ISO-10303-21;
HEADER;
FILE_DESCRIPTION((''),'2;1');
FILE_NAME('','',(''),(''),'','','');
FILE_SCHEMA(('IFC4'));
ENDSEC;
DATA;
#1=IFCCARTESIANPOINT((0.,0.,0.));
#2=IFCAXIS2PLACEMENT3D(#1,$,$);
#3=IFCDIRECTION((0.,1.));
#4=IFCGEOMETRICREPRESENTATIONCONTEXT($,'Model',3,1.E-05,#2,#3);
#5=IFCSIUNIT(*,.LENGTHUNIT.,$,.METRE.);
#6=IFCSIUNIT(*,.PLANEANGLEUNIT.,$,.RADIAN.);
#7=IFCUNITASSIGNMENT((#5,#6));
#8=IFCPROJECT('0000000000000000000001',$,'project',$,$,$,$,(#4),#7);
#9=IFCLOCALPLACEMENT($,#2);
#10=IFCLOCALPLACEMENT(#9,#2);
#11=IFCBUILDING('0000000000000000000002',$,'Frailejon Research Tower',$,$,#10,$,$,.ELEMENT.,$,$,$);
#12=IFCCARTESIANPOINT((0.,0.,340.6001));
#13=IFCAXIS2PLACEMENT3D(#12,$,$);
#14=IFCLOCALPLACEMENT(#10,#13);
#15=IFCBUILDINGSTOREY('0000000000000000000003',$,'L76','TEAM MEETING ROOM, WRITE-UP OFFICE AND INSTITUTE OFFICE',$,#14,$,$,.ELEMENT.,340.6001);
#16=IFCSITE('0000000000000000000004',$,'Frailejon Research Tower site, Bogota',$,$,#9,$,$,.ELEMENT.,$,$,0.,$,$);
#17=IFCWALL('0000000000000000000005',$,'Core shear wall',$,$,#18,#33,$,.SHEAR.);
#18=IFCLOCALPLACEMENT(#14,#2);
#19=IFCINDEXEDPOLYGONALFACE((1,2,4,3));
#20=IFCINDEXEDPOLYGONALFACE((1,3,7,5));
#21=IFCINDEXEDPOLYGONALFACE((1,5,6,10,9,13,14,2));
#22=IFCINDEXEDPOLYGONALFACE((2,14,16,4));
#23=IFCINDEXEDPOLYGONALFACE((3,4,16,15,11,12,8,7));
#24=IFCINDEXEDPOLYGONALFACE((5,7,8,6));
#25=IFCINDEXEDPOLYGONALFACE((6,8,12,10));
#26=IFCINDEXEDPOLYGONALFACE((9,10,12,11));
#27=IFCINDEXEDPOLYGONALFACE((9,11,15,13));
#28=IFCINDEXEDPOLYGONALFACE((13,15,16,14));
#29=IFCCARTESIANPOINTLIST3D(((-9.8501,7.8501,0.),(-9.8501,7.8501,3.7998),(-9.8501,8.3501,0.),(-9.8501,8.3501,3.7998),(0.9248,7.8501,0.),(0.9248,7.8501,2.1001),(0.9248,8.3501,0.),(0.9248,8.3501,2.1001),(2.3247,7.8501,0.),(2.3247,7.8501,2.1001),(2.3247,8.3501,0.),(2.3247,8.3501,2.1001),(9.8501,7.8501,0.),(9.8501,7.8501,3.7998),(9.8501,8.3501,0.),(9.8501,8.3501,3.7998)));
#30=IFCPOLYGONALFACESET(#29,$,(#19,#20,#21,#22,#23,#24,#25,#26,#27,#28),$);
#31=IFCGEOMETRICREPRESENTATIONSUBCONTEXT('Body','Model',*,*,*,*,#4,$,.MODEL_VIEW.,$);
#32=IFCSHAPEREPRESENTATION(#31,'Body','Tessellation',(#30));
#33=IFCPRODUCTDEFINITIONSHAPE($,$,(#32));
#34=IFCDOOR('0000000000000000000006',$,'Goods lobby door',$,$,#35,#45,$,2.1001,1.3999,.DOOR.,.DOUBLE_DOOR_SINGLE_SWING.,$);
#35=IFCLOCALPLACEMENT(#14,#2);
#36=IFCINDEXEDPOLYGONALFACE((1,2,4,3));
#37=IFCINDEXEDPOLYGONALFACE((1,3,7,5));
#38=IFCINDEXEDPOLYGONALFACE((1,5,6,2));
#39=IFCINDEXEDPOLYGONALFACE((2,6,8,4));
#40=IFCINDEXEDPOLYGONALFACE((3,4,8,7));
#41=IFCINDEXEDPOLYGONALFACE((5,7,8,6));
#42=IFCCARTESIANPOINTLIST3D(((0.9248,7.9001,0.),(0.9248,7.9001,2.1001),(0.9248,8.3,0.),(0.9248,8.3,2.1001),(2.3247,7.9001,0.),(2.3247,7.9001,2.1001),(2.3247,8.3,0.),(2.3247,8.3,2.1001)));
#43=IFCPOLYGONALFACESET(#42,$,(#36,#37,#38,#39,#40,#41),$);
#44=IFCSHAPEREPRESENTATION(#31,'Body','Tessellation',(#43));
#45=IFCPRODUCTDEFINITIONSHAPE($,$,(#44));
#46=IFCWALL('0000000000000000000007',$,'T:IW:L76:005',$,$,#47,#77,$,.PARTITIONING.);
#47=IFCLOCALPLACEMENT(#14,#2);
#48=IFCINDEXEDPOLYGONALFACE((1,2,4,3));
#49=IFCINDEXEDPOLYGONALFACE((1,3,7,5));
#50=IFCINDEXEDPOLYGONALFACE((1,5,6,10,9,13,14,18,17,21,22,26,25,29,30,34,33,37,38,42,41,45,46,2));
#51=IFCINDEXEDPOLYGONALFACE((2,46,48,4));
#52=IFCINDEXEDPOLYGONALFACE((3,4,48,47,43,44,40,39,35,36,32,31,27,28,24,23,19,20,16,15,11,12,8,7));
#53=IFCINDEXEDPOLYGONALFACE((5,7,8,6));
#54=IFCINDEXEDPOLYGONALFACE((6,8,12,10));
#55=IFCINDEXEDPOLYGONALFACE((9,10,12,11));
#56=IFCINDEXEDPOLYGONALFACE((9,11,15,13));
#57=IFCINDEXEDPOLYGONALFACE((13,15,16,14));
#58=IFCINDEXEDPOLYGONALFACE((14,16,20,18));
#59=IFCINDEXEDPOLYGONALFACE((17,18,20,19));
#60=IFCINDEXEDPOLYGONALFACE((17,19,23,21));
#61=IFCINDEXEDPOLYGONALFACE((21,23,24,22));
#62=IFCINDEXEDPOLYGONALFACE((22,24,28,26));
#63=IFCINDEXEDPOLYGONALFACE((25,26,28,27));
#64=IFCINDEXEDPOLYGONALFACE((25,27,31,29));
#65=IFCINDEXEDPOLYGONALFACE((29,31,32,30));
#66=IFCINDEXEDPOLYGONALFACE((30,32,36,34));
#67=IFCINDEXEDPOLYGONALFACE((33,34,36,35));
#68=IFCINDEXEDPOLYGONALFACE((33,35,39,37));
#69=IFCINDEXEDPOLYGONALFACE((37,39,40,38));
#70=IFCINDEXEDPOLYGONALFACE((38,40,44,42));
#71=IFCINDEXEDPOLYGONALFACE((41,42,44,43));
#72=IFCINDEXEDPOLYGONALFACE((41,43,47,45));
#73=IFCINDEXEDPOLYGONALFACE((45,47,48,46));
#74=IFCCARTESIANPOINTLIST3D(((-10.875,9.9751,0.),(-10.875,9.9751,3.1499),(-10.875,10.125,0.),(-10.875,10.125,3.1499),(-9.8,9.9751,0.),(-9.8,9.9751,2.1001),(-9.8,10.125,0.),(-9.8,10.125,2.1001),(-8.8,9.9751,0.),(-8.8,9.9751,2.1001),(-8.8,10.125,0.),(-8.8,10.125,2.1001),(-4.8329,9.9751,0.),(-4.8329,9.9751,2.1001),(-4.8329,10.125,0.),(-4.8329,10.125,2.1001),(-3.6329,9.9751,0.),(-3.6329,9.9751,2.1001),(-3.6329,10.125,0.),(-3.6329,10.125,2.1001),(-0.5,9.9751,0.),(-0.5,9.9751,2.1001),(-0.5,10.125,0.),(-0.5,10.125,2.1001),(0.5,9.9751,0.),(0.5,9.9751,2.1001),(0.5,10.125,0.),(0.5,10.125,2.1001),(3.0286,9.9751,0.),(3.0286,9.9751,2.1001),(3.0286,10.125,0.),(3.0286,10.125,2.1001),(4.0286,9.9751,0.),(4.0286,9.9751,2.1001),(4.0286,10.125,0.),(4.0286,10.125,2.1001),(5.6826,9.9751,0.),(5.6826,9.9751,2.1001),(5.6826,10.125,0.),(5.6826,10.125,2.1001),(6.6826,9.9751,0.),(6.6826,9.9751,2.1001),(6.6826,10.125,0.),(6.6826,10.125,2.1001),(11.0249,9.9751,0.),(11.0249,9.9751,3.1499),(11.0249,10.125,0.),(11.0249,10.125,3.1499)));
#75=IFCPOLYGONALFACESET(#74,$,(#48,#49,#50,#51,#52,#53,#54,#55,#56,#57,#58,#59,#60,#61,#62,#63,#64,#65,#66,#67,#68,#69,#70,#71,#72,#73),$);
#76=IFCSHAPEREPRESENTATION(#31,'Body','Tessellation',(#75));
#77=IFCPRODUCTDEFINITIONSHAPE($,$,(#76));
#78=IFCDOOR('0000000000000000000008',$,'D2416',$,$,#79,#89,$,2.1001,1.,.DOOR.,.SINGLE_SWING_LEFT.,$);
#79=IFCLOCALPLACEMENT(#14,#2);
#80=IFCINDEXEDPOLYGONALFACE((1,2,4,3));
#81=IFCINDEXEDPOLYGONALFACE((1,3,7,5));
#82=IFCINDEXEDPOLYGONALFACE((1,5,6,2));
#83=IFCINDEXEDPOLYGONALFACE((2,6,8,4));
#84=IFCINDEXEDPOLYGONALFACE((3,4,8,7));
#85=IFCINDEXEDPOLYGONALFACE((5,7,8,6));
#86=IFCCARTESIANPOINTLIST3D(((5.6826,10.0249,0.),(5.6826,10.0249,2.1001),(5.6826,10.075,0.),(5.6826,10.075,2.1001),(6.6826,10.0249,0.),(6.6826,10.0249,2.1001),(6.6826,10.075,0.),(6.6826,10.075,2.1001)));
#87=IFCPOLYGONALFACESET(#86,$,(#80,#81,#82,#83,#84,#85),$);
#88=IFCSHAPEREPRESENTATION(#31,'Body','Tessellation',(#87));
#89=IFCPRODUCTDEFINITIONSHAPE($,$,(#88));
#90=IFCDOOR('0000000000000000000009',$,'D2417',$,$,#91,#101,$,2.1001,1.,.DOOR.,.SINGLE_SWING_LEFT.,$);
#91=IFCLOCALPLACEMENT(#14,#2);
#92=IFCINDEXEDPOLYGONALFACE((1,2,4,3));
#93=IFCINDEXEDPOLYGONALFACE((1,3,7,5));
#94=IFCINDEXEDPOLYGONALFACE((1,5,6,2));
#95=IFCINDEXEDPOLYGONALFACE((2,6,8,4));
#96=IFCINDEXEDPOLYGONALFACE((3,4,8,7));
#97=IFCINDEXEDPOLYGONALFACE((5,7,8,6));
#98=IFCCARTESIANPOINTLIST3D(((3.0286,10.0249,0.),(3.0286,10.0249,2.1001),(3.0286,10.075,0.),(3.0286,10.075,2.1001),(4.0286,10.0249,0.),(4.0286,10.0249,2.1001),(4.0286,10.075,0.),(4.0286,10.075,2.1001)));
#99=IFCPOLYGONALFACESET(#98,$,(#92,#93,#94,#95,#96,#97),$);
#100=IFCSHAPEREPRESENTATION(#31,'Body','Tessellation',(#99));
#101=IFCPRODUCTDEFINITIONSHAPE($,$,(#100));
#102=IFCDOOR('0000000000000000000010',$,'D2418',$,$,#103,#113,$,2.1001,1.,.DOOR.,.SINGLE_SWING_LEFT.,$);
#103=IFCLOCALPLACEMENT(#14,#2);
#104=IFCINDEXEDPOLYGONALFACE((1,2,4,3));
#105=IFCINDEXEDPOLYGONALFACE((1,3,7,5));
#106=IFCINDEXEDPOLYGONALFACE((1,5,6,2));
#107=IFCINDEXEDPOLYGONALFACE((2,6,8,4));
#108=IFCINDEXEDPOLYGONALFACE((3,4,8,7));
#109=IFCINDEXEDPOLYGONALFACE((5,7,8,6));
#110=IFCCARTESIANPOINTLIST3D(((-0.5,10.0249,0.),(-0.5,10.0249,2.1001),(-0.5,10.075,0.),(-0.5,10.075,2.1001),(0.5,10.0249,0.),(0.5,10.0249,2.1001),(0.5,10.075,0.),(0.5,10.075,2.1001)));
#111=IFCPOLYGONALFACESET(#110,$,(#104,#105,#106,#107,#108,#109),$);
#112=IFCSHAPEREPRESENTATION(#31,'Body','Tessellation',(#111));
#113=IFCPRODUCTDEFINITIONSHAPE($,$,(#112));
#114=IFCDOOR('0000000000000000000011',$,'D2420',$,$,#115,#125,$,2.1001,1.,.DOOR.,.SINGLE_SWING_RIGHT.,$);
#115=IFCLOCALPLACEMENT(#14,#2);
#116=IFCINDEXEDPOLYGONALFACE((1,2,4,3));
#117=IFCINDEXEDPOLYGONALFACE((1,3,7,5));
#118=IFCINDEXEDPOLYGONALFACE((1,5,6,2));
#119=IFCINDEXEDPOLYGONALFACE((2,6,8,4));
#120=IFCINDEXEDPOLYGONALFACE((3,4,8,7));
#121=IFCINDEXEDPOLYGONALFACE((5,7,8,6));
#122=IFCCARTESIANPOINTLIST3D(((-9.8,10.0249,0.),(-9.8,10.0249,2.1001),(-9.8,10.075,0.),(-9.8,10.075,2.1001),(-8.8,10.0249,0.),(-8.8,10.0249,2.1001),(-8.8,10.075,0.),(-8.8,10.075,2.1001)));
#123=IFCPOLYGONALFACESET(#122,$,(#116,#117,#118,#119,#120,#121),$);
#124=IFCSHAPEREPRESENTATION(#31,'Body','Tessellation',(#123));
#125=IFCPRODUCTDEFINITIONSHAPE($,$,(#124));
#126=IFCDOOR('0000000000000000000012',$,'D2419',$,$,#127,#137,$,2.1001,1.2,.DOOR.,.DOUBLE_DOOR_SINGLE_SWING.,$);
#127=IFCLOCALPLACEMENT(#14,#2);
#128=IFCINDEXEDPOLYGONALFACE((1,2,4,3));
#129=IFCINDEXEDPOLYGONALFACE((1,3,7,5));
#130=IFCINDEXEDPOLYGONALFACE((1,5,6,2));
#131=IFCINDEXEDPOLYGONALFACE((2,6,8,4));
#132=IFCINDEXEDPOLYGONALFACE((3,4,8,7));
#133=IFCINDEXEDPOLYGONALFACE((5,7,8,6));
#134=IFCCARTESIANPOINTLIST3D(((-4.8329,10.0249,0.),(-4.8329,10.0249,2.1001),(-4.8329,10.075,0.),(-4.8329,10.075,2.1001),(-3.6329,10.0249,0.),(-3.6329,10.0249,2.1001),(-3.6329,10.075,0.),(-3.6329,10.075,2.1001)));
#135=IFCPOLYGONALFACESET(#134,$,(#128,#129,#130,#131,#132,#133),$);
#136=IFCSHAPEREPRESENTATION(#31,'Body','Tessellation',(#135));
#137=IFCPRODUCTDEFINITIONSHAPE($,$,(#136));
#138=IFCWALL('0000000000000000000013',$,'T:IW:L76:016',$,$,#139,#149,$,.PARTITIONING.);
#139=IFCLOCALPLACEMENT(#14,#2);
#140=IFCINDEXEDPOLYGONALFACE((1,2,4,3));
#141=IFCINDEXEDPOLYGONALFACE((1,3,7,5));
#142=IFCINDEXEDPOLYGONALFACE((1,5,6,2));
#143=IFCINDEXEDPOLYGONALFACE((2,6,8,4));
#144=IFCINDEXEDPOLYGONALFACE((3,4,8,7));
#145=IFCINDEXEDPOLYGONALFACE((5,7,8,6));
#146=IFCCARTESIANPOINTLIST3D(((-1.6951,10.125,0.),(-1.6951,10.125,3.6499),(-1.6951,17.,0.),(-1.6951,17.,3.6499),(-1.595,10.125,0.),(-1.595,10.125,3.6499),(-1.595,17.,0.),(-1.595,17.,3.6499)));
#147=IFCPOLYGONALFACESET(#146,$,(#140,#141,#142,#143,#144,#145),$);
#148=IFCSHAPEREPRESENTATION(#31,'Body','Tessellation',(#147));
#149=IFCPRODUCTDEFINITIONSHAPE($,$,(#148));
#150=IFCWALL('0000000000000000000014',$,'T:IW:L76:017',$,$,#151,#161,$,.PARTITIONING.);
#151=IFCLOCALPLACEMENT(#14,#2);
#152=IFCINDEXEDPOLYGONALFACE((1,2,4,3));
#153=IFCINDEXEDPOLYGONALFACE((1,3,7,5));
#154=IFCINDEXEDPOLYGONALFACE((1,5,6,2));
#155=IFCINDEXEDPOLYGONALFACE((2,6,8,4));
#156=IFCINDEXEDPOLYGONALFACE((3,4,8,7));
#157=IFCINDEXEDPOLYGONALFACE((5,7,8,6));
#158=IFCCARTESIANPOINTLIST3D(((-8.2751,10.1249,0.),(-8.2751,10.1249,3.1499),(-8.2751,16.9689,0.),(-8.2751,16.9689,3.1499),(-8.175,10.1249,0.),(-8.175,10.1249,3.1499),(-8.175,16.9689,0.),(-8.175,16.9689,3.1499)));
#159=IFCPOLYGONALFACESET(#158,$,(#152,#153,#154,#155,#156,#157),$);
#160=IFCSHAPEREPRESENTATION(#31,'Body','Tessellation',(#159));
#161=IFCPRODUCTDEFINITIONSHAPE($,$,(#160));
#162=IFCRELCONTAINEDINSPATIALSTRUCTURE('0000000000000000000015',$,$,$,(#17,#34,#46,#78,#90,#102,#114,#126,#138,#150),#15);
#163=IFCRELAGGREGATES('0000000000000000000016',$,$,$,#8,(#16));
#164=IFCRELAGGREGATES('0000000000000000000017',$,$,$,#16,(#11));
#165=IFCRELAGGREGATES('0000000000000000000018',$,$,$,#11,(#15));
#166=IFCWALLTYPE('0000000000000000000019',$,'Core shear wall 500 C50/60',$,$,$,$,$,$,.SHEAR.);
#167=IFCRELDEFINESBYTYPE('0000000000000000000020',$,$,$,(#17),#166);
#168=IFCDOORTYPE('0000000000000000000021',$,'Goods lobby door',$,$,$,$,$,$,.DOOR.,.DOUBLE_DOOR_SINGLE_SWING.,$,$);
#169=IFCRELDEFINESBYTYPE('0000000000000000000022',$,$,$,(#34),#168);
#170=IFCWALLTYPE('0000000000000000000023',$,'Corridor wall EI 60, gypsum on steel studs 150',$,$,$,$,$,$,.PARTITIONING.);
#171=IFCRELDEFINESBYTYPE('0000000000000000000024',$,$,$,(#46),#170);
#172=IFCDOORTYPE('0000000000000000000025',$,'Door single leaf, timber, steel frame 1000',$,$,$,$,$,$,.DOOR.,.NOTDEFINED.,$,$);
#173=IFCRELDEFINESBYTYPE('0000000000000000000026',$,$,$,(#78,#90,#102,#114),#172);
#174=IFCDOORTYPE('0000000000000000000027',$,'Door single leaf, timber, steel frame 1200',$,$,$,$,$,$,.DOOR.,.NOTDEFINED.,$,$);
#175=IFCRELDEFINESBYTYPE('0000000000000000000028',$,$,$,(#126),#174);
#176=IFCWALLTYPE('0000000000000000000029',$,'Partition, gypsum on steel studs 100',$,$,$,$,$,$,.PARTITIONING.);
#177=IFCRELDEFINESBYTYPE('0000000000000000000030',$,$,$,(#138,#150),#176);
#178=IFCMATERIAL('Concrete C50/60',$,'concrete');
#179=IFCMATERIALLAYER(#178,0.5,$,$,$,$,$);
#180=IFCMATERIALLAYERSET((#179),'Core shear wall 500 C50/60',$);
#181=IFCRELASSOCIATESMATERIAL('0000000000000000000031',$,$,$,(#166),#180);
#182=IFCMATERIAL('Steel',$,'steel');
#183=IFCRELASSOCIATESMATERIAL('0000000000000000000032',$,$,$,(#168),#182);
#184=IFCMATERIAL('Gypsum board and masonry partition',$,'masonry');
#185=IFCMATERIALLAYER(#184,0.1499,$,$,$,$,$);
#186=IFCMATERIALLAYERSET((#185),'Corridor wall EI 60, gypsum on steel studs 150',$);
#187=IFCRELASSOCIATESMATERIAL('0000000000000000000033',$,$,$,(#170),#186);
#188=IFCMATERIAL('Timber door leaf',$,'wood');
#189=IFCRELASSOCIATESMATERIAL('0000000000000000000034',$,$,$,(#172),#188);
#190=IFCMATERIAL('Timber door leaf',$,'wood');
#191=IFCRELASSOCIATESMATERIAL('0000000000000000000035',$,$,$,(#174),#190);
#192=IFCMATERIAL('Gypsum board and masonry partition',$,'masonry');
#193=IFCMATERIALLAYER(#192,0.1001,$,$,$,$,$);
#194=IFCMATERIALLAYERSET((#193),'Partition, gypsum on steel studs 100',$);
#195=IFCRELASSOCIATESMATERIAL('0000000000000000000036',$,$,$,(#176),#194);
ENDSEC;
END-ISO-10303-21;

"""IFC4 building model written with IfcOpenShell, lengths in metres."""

from ifc_helpers import new_model, si_unit, direction, frame, frame_2d, origin, place, context, subcontext, project, spatial, rectangle, extrude, material, layer, layer_set, type_object, element, fill, save


model = new_model("IFC4")

# Units and contexts
model_context = context("Model", 3, precision=1e-05, world=origin(), true_north=direction((0.0, 1.0)))
body_context = subcontext(model_context, "Body", "Model", "MODEL_VIEW")
ifc_project = project(units=[si_unit("LENGTHUNIT", "METRE"), si_unit("PLANEANGLEUNIT", "RADIAN")], contexts=[model_context])

# Site, building, storey
site_placement = place(None, origin())
site = spatial("IfcSite", under=ifc_project, at=site_placement, Name="Frailejon Research Tower site, Bogota", CompositionType="ELEMENT", RefElevation=0.0)
building_placement = place(site_placement, origin())
building = spatial("IfcBuilding", under=site, at=building_placement, Name="Frailejon Research Tower", CompositionType="ELEMENT")
storey_placement = place(building_placement, frame((0.0, 0.0, 340.6001)))
storey = spatial("IfcBuildingStorey", under=building, at=storey_placement, Name="L76", Description="TEAM MEETING ROOM, WRITE-UP OFFICE AND INSTITUTE OFFICE", CompositionType="ELEMENT", Elevation=340.6001)

# Wall, opening, door
ifc_material_1 = material(Name="Concrete C50/60", Category="concrete")
ifc_layer_1 = layer(ifc_material_1, 0.5)
ifc_layer_set_1 = layer_set([ifc_layer_1], Name="Core shear wall 500 C50/60")
wall_type_1 = type_object("IfcWallType", Name="Core shear wall 500 C50/60", PredefinedType="SHEAR", material=ifc_layer_set_1)
wall_1_placement = place(storey_placement, frame((-9.8501, 8.1001, 0.0), z_axis=(0.0, 0.0, 1.0), x_axis=(1.0, 0.0, 0.0)))
wall_1 = element("IfcWall", 1, at=wall_1_placement, inside=storey, type_object=wall_type_1, Name="Core shear wall", PredefinedType="SHEAR", context=body_context, shape_type="SweptSolid", body=[
    extrude(rectangle(XDim=19.7002, YDim=0.5, at=frame_2d((9.8501, 0.0))), origin(), (0.0, 0.0, 1.0), 3.7998),
])
opening_1_placement = place(wall_1_placement, frame((10.7749, 0.0, 0.0)))
opening_1 = element("IfcOpeningElement", 2, at=opening_1_placement, cuts=wall_1, PredefinedType="OPENING", context=body_context, shape_type="SweptSolid", body=[
    extrude(rectangle(XDim=1.3999, YDim=2.1001, at=frame_2d((0.7, 1.05))), frame((0.0, 0.26, 0.0), z_axis=(0.0, -1.0, 0.0), x_axis=(1.0, 0.0, 0.0)), (0.0, 0.0, 1.0), 0.52),
])
ifc_material_2 = material(Name="Steel", Category="steel")
door_type_1 = type_object("IfcDoorType", Name="Goods lobby door", OperationType="DOUBLE_DOOR_SINGLE_SWING", PredefinedType="DOOR", material=ifc_material_2)
door_1_placement = place(opening_1_placement, origin())
door_1 = element("IfcDoor", 3, at=door_1_placement, inside=storey, type_object=door_type_1, Name="Goods lobby door", OperationType="DOUBLE_DOOR_SINGLE_SWING", OverallHeight=2.1001, OverallWidth=1.3999, PredefinedType="DOOR", context=body_context, shape_type="SweptSolid", body=[
    extrude(rectangle(XDim=1.3999, YDim=2.1001, at=frame_2d((0.7, 1.05))), frame((0.0, 0.2, 0.0), z_axis=(0.0, -1.0, 0.0), x_axis=(1.0, 0.0, 0.0)), (0.0, 0.0, 1.0), 0.3999),
])
fill(opening_1, door_1)

# Wall, openings, doors
ifc_material_3 = material(Name="Gypsum board and masonry partition", Category="masonry")
ifc_layer_2 = layer(ifc_material_3, 0.1499)
ifc_layer_set_2 = layer_set([ifc_layer_2], Name="Corridor wall EI 60, gypsum on steel studs 150")
wall_type_2 = type_object("IfcWallType", Name="Corridor wall EI 60, gypsum on steel studs 150", PredefinedType="PARTITIONING", material=ifc_layer_set_2)
wall_2_placement = place(storey_placement, frame((-10.875, 10.05, 0.0), z_axis=(0.0, 0.0, 1.0), x_axis=(1.0, 0.0, 0.0)))
wall_2 = element("IfcWall", 4, at=wall_2_placement, inside=storey, type_object=wall_type_2, Name="T:IW:L76:005", PredefinedType="PARTITIONING", context=body_context, shape_type="SweptSolid", body=[
    extrude(rectangle(XDim=21.8999, YDim=0.1499, at=frame_2d((10.95, 0.0))), origin(), (0.0, 0.0, 1.0), 3.1499),
])
opening_2_placement = place(wall_2_placement, frame((16.5576, 0.0, 0.0)))
opening_2 = element("IfcOpeningElement", 5, at=opening_2_placement, cuts=wall_2, PredefinedType="OPENING", context=body_context, shape_type="SweptSolid", body=[
    extrude(rectangle(XDim=1.0, YDim=2.1001, at=frame_2d((0.5, 1.05))), frame((0.0, 0.085, 0.0), z_axis=(0.0, -1.0, 0.0), x_axis=(1.0, 0.0, 0.0)), (0.0, 0.0, 1.0), 0.1699),
])
opening_3_placement = place(wall_2_placement, frame((13.9036, 0.0, 0.0)))
opening_3 = element("IfcOpeningElement", 6, at=opening_3_placement, cuts=wall_2, PredefinedType="OPENING", context=body_context, shape_type="SweptSolid", body=[
    extrude(rectangle(XDim=1.0, YDim=2.1001, at=frame_2d((0.5, 1.05))), frame((0.0, 0.085, 0.0), z_axis=(0.0, -1.0, 0.0), x_axis=(1.0, 0.0, 0.0)), (0.0, 0.0, 1.0), 0.1699),
])
opening_4_placement = place(wall_2_placement, frame((10.375, 0.0, 0.0)))
opening_4 = element("IfcOpeningElement", 7, at=opening_4_placement, cuts=wall_2, PredefinedType="OPENING", context=body_context, shape_type="SweptSolid", body=[
    extrude(rectangle(XDim=1.0, YDim=2.1001, at=frame_2d((0.5, 1.05))), frame((0.0, 0.085, 0.0), z_axis=(0.0, -1.0, 0.0), x_axis=(1.0, 0.0, 0.0)), (0.0, 0.0, 1.0), 0.1699),
])
opening_5_placement = place(wall_2_placement, frame((6.042, 0.0, 0.0)))
opening_5 = element("IfcOpeningElement", 8, at=opening_5_placement, cuts=wall_2, PredefinedType="OPENING", context=body_context, shape_type="SweptSolid", body=[
    extrude(rectangle(XDim=1.2, YDim=2.1001, at=frame_2d((0.6001, 1.05))), frame((0.0, 0.085, 0.0), z_axis=(0.0, -1.0, 0.0), x_axis=(1.0, 0.0, 0.0)), (0.0, 0.0, 1.0), 0.1699),
])
opening_6_placement = place(wall_2_placement, frame((1.075, 0.0, 0.0)))
opening_6 = element("IfcOpeningElement", 9, at=opening_6_placement, cuts=wall_2, PredefinedType="OPENING", context=body_context, shape_type="SweptSolid", body=[
    extrude(rectangle(XDim=1.0, YDim=2.1001, at=frame_2d((0.5, 1.05))), frame((0.0, 0.085, 0.0), z_axis=(0.0, -1.0, 0.0), x_axis=(1.0, 0.0, 0.0)), (0.0, 0.0, 1.0), 0.1699),
])
ifc_material_4 = material(Name="Timber door leaf", Category="wood")
door_type_2 = type_object("IfcDoorType", Name="Door single leaf, timber, steel frame 1000", OperationType="NOTDEFINED", PredefinedType="DOOR", material=ifc_material_4)
door_2_placement = place(opening_2_placement, origin())
door_2 = element("IfcDoor", 10, at=door_2_placement, inside=storey, type_object=door_type_2, Name="D2416", OperationType="SINGLE_SWING_LEFT", OverallHeight=2.1001, OverallWidth=1.0, PredefinedType="DOOR", context=body_context, shape_type="SweptSolid", body=[
    extrude(rectangle(XDim=1.0, YDim=2.1001, at=frame_2d((0.5, 1.05))), frame((0.0, 0.0249, 0.0), z_axis=(0.0, -1.0, 0.0), x_axis=(1.0, 0.0, 0.0)), (0.0, 0.0, 1.0), 0.05),
])
fill(opening_2, door_2)
door_3_placement = place(opening_3_placement, origin())
door_3 = element("IfcDoor", 11, at=door_3_placement, inside=storey, type_object=door_type_2, Name="D2417", OperationType="SINGLE_SWING_LEFT", OverallHeight=2.1001, OverallWidth=1.0, PredefinedType="DOOR", context=body_context, shape_type="SweptSolid", body=[
    extrude(rectangle(XDim=1.0, YDim=2.1001, at=frame_2d((0.5, 1.05))), frame((0.0, 0.0249, 0.0), z_axis=(0.0, -1.0, 0.0), x_axis=(1.0, 0.0, 0.0)), (0.0, 0.0, 1.0), 0.05),
])
fill(opening_3, door_3)
door_4_placement = place(opening_4_placement, origin())
door_4 = element("IfcDoor", 12, at=door_4_placement, inside=storey, type_object=door_type_2, Name="D2418", OperationType="SINGLE_SWING_LEFT", OverallHeight=2.1001, OverallWidth=1.0, PredefinedType="DOOR", context=body_context, shape_type="SweptSolid", body=[
    extrude(rectangle(XDim=1.0, YDim=2.1001, at=frame_2d((0.5, 1.05))), frame((0.0, 0.0249, 0.0), z_axis=(0.0, -1.0, 0.0), x_axis=(1.0, 0.0, 0.0)), (0.0, 0.0, 1.0), 0.05),
])
fill(opening_4, door_4)
door_5_placement = place(opening_6_placement, origin())
door_5 = element("IfcDoor", 13, at=door_5_placement, inside=storey, type_object=door_type_2, Name="D2420", OperationType="SINGLE_SWING_RIGHT", OverallHeight=2.1001, OverallWidth=1.0, PredefinedType="DOOR", context=body_context, shape_type="SweptSolid", body=[
    extrude(rectangle(XDim=1.0, YDim=2.1001, at=frame_2d((0.5, 1.05))), frame((0.0, 0.0249, 0.0), z_axis=(0.0, -1.0, 0.0), x_axis=(1.0, 0.0, 0.0)), (0.0, 0.0, 1.0), 0.05),
])
fill(opening_6, door_5)
ifc_material_5 = material(Name="Timber door leaf", Category="wood")
door_type_3 = type_object("IfcDoorType", Name="Door single leaf, timber, steel frame 1200", OperationType="NOTDEFINED", PredefinedType="DOOR", material=ifc_material_5)
door_6_placement = place(opening_5_placement, origin())
door_6 = element("IfcDoor", 14, at=door_6_placement, inside=storey, type_object=door_type_3, Name="D2419", OperationType="DOUBLE_DOOR_SINGLE_SWING", OverallHeight=2.1001, OverallWidth=1.2, PredefinedType="DOOR", context=body_context, shape_type="SweptSolid", body=[
    extrude(rectangle(XDim=1.2, YDim=2.1001, at=frame_2d((0.6001, 1.05))), frame((0.0, 0.0249, 0.0), z_axis=(0.0, -1.0, 0.0), x_axis=(1.0, 0.0, 0.0)), (0.0, 0.0, 1.0), 0.05),
])
fill(opening_5, door_6)

# Walls
ifc_material_6 = material(Name="Gypsum board and masonry partition", Category="masonry")
ifc_layer_3 = layer(ifc_material_6, 0.1001)
ifc_layer_set_3 = layer_set([ifc_layer_3], Name="Partition, gypsum on steel studs 100")
wall_type_3 = type_object("IfcWallType", Name="Partition, gypsum on steel studs 100", PredefinedType="PARTITIONING", material=ifc_layer_set_3)
wall_3_placement = place(storey_placement, frame((-1.645, 10.125, 0.0), z_axis=(0.0, 0.0, 1.0), x_axis=(0.0, 1.0, 0.0)))
element("IfcWall", 15, at=wall_3_placement, inside=storey, type_object=wall_type_3, Name="T:IW:L76:016", PredefinedType="PARTITIONING", context=body_context, shape_type="SweptSolid", body=[
    extrude(rectangle(XDim=6.875, YDim=0.1001, at=frame_2d((3.4375, 0.0))), origin(), (0.0, 0.0, 1.0), 3.6499),
])
wall_4_placement = place(storey_placement, frame((-8.2251, 10.125, 0.0), z_axis=(0.0, 0.0, 1.0), x_axis=(0.0, 1.0, 0.0)))
element("IfcWall", 16, at=wall_4_placement, inside=storey, type_object=wall_type_3, Name="T:IW:L76:017", PredefinedType="PARTITIONING", context=body_context, shape_type="SweptSolid", body=[
    extrude(rectangle(XDim=6.844, YDim=0.1001, at=frame_2d((3.4219, 0.0))), origin(), (0.0, 0.0, 1.0), 3.1499),
])

save(model, "model.ifc")
